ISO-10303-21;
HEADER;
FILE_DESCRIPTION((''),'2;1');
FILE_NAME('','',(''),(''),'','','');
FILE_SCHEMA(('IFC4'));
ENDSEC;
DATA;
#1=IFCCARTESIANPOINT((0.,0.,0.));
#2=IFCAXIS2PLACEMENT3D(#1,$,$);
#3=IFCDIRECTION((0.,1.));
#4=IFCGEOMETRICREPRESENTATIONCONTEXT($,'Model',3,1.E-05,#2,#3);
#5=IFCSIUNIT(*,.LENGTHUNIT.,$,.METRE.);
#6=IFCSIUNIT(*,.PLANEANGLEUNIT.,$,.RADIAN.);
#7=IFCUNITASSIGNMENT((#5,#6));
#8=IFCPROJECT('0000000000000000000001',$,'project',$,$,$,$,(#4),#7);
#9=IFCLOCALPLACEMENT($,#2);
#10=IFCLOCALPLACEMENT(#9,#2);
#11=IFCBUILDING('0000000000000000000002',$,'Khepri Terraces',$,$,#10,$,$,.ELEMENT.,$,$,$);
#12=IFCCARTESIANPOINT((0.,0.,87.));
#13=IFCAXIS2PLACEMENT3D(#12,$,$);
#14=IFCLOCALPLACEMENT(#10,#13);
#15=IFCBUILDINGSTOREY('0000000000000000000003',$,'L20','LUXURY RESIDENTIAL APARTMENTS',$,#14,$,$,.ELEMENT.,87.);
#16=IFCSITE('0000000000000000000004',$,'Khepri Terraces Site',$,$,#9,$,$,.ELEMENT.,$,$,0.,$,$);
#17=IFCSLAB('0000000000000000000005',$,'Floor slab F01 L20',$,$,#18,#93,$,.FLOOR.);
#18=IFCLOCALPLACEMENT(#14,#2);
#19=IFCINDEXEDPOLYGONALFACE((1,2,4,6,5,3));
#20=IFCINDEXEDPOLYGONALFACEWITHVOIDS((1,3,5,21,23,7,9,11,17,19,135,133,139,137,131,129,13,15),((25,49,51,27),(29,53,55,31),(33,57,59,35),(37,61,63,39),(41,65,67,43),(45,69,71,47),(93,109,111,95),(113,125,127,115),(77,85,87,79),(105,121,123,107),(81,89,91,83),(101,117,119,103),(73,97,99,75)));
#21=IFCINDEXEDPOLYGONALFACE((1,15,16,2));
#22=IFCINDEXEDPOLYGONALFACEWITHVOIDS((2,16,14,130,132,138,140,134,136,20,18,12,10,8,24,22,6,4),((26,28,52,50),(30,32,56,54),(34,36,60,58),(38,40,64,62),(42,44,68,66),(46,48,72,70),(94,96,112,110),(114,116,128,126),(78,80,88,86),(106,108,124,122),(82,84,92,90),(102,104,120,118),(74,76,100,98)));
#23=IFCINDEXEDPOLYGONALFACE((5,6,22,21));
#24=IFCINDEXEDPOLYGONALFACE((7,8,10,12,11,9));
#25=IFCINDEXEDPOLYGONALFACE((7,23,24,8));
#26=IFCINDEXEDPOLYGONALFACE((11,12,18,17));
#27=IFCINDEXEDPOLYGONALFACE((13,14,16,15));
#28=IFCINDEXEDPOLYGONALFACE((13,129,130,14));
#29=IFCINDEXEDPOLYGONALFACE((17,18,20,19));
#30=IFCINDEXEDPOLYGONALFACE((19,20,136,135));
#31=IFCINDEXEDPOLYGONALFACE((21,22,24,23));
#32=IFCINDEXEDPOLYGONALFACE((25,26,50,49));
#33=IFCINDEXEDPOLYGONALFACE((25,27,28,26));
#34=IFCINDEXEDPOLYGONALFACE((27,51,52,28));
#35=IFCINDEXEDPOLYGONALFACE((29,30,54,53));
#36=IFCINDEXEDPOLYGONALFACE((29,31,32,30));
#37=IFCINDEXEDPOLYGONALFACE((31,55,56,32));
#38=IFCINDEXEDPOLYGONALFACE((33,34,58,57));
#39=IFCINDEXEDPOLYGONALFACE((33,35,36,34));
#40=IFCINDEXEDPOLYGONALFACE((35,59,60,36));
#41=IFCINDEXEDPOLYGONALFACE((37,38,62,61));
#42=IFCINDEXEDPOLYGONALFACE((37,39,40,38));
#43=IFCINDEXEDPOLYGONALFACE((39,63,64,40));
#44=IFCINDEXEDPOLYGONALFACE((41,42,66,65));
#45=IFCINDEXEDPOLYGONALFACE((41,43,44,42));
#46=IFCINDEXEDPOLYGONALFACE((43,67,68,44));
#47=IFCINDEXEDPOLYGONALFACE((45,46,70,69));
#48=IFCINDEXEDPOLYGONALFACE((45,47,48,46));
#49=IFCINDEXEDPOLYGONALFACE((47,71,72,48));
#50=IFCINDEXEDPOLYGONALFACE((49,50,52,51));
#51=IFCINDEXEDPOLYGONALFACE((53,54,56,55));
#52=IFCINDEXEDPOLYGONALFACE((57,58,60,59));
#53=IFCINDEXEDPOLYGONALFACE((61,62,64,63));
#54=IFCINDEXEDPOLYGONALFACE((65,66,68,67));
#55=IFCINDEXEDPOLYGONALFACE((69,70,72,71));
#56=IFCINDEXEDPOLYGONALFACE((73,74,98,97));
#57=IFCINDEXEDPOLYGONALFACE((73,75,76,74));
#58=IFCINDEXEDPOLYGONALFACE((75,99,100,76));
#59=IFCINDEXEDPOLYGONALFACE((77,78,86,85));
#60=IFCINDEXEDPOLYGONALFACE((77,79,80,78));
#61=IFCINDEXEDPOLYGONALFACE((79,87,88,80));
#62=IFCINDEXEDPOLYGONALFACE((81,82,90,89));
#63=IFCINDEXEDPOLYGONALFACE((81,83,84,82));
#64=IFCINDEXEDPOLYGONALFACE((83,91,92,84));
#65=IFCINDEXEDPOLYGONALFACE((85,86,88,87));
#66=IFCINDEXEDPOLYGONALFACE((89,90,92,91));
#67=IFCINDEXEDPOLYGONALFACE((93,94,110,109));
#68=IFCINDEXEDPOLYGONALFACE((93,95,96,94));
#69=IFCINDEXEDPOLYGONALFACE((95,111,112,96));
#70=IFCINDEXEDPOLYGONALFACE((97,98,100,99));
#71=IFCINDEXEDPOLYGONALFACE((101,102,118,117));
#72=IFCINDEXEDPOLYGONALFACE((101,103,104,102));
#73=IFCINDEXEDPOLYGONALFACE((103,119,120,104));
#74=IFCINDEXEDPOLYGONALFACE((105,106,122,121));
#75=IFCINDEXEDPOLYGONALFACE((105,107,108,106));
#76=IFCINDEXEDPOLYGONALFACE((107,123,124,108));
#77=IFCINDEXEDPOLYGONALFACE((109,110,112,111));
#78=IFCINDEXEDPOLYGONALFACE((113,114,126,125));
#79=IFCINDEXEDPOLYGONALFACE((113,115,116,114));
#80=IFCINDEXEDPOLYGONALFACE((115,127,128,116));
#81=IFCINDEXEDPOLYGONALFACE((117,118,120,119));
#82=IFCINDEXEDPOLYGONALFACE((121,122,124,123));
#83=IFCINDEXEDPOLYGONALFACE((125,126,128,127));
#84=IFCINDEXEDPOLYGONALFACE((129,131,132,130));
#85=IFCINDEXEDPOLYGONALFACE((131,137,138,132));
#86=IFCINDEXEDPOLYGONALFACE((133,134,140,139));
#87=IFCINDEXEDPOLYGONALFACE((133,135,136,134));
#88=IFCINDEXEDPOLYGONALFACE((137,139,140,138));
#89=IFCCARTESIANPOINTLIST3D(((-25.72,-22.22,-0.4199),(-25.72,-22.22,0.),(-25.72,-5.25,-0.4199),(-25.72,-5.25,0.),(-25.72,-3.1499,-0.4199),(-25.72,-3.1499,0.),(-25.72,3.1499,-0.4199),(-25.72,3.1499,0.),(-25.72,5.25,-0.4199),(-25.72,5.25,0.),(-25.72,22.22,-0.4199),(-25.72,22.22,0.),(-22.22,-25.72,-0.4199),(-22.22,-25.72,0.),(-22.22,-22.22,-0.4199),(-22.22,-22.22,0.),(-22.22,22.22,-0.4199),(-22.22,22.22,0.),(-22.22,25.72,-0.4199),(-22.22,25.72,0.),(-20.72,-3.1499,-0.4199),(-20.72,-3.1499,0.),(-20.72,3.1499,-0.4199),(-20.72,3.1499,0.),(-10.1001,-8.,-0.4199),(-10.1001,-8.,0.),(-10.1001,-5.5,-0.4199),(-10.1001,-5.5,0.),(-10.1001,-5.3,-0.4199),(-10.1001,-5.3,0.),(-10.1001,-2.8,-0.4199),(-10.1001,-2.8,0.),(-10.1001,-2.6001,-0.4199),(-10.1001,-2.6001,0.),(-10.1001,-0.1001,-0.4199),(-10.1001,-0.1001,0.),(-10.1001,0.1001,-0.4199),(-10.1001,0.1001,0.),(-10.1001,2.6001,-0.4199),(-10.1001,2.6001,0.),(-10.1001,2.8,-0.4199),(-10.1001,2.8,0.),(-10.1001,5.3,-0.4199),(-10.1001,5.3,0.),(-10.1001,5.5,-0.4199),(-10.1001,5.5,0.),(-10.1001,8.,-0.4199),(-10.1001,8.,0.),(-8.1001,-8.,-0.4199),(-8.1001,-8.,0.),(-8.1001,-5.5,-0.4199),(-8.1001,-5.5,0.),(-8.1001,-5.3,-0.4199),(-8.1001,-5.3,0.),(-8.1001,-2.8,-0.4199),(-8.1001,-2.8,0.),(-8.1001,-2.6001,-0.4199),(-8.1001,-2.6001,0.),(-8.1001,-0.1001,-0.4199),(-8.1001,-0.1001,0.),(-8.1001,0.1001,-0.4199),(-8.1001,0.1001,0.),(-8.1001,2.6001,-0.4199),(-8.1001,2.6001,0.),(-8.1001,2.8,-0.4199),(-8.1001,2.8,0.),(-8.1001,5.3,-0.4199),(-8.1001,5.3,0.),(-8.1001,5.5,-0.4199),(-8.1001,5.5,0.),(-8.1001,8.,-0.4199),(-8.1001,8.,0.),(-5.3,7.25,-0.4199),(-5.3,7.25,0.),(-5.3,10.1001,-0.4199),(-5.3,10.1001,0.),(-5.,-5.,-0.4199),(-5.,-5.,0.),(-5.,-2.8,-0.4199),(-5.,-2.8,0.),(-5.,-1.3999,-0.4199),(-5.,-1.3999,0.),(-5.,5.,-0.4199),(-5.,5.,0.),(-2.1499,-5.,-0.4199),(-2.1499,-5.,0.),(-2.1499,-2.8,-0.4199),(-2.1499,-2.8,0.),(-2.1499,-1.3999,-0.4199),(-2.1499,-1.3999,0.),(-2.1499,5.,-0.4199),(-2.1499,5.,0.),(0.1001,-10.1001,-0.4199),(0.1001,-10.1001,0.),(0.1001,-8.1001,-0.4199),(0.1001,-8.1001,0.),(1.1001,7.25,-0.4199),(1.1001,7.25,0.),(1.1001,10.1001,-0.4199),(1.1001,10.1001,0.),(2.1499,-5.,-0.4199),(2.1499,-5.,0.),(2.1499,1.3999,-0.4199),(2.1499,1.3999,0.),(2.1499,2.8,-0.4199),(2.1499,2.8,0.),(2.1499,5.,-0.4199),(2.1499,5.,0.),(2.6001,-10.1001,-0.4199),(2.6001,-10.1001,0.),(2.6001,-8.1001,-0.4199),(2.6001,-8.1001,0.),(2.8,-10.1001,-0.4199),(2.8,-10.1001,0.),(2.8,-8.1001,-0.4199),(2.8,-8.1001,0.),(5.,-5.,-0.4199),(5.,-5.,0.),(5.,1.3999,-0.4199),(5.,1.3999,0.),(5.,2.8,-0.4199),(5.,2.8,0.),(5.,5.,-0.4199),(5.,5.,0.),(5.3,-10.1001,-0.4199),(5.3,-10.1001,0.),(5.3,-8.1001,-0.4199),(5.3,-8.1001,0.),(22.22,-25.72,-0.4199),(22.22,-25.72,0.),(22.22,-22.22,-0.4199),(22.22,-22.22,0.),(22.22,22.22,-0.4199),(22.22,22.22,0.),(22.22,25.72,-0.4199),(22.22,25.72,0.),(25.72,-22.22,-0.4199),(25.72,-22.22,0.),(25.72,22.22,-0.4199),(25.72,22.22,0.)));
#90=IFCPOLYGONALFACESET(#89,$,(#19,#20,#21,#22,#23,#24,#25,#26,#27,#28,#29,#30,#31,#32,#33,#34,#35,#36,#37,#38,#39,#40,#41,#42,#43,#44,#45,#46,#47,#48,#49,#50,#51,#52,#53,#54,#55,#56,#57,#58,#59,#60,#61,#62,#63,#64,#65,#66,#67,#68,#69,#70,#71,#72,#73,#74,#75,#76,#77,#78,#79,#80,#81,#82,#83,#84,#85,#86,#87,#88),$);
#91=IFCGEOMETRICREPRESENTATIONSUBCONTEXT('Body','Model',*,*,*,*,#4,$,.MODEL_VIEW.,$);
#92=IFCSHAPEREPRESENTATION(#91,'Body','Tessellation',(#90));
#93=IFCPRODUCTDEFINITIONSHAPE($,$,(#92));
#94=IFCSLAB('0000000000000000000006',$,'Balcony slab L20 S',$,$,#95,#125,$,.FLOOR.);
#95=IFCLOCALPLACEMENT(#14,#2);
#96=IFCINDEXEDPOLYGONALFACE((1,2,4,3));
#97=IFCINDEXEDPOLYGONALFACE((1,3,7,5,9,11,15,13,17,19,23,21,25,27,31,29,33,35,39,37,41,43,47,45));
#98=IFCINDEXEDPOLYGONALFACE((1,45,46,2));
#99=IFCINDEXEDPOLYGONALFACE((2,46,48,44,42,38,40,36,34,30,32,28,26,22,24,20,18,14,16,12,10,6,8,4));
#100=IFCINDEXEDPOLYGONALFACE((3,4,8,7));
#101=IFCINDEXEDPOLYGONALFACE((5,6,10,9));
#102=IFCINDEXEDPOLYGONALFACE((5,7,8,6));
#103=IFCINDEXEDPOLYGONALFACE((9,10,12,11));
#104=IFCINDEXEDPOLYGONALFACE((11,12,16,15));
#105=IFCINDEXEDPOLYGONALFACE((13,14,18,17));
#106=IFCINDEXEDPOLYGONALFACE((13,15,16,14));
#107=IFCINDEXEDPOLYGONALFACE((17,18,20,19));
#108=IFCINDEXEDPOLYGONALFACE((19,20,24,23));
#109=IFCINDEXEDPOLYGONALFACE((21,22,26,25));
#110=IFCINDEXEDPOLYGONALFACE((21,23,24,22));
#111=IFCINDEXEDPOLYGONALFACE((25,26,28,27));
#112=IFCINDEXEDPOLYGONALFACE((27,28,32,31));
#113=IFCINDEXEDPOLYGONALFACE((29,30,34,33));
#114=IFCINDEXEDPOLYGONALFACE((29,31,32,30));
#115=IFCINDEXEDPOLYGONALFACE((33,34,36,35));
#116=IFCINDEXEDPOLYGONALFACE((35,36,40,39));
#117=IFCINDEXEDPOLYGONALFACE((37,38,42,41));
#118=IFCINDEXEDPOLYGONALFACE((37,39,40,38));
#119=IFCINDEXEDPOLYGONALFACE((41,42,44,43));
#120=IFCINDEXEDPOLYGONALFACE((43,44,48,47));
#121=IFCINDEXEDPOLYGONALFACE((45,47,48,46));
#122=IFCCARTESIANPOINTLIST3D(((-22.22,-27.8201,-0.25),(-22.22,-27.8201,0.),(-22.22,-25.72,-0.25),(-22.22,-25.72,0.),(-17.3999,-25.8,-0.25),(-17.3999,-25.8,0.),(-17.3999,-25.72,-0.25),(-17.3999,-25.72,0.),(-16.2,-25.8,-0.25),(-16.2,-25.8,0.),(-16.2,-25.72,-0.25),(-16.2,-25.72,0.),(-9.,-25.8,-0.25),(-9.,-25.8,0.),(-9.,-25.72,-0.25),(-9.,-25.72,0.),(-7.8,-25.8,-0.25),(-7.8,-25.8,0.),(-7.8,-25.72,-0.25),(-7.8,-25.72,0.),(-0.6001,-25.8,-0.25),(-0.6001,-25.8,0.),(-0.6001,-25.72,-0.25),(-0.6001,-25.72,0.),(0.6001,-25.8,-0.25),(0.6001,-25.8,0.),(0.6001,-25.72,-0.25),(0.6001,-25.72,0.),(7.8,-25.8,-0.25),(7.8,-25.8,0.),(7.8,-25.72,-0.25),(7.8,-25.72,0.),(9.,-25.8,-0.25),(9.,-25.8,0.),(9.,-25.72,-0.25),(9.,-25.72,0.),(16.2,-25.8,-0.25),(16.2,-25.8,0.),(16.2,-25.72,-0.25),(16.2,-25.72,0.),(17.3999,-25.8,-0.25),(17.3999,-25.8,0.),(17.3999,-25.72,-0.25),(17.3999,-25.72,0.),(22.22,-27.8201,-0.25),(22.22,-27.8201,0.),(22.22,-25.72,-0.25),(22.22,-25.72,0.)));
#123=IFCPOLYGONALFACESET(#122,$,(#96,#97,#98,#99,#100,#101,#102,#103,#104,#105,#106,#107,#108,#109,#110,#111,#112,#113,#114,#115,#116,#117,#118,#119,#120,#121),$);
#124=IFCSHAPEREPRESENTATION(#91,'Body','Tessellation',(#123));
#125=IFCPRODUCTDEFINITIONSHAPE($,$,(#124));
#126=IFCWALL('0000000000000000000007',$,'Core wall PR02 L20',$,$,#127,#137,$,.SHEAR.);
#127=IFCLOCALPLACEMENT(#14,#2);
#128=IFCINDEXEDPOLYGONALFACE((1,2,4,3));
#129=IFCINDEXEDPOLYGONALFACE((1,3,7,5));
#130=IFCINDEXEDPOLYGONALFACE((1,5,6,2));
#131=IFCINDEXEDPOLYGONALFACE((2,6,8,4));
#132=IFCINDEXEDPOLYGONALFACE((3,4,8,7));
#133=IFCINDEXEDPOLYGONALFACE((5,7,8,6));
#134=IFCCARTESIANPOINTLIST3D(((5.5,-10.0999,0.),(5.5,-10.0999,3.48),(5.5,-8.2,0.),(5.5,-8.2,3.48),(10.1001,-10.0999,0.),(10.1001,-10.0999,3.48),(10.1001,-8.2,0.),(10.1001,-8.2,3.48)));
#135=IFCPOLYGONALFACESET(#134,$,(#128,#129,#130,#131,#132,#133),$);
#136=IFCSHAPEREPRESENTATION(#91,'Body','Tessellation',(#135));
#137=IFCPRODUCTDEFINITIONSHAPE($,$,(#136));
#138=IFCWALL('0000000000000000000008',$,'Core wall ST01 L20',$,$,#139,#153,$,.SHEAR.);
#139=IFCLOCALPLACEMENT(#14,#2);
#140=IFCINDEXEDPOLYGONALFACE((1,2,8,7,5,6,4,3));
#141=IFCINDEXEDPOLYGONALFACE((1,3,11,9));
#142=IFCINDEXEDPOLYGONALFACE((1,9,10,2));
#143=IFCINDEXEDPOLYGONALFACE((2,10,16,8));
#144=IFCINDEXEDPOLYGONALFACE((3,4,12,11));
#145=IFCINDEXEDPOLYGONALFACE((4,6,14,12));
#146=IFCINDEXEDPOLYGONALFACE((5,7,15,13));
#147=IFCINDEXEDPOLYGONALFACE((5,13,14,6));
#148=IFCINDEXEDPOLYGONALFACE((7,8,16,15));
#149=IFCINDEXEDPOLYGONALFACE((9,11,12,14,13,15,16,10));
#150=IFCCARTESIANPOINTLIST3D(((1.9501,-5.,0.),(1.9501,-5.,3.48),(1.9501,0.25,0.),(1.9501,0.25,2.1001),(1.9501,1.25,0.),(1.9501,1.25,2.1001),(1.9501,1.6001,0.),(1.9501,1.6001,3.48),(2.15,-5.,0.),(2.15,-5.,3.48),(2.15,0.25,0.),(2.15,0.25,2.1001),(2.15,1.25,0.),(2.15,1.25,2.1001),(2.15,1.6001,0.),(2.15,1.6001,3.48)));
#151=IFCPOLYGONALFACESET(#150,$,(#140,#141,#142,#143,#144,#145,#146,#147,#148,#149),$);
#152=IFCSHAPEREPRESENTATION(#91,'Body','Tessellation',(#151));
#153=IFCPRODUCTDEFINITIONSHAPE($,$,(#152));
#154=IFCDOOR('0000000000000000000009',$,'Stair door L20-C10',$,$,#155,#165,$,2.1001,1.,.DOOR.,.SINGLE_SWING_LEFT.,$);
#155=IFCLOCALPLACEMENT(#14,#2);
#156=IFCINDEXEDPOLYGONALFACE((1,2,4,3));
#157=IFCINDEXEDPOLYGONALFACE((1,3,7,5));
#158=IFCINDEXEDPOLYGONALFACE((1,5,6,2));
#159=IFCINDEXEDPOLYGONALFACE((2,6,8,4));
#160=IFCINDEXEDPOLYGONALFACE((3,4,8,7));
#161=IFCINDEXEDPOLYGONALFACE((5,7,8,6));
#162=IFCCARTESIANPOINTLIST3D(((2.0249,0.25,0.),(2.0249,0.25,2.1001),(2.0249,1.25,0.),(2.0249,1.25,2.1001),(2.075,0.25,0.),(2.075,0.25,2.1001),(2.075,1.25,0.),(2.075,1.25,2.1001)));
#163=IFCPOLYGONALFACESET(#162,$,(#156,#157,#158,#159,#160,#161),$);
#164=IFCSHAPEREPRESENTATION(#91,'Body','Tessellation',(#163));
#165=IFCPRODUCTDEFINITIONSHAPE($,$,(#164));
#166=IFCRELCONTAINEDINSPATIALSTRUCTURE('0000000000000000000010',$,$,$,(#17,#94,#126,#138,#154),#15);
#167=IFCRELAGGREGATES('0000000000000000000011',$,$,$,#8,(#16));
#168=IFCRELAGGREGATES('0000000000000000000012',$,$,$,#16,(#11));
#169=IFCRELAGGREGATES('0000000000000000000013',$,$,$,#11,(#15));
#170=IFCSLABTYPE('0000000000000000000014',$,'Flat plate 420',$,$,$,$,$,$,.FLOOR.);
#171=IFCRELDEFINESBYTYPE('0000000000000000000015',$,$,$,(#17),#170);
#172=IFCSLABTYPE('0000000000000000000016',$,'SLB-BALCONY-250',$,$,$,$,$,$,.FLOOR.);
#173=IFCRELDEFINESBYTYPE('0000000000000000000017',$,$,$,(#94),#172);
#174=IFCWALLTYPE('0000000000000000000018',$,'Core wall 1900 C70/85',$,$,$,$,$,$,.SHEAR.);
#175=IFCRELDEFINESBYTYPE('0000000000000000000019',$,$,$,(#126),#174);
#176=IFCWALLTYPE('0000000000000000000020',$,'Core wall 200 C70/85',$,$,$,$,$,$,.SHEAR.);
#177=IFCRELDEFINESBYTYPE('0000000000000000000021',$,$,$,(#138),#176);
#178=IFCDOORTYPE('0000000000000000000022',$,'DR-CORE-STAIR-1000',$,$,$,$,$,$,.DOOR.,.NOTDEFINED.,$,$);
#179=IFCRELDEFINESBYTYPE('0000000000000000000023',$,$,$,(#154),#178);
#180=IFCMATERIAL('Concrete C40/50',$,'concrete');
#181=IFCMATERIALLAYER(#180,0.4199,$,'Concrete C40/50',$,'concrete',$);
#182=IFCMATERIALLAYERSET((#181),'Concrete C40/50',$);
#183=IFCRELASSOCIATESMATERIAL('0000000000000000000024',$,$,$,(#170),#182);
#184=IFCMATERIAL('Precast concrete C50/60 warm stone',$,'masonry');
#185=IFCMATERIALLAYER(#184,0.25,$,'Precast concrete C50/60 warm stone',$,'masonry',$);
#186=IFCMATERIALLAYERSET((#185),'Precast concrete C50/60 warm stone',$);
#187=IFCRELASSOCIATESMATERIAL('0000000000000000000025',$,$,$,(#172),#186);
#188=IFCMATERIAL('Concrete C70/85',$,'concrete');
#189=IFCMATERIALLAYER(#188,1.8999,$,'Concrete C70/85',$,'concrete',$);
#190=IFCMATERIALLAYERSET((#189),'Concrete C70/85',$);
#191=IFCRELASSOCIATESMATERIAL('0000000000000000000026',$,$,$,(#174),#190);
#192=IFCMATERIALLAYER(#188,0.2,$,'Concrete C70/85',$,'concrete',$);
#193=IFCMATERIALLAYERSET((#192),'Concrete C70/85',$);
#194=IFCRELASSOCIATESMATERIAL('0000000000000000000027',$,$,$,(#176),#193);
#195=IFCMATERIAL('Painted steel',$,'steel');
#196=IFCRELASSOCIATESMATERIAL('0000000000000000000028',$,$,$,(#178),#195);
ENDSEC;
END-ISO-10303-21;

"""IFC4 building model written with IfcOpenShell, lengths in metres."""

from ifc_helpers import new_model, si_unit, direction, frame, frame_2d, origin, place, context, subcontext, project, spatial, polyline, rectangle, outline, extrude, material, layer, layer_set, type_object, element, fill, save


model = new_model("IFC4")

# Units and contexts
model_context = context("Model", 3, precision=1e-05, world=origin(), true_north=direction((0.0, 1.0)))
body_context = subcontext(model_context, "Body", "Model", "MODEL_VIEW")
ifc_project = project(units=[si_unit("LENGTHUNIT", "METRE"), si_unit("PLANEANGLEUNIT", "RADIAN")], contexts=[model_context])

# Site, building, storey
site_placement = place(None, origin())
site = spatial("IfcSite", under=ifc_project, at=site_placement, Name="Khepri Terraces Site", CompositionType="ELEMENT", RefElevation=0.0)
building_placement = place(site_placement, origin())
building = spatial("IfcBuilding", under=site, at=building_placement, Name="Khepri Terraces", CompositionType="ELEMENT")
storey_placement = place(building_placement, frame((0.0, 0.0, 87.0)))
storey = spatial("IfcBuildingStorey", under=building, at=storey_placement, Name="L20", Description="LUXURY RESIDENTIAL APARTMENTS", CompositionType="ELEMENT", Elevation=87.0)

# Slabs
ifc_material_1 = material(Name="Concrete C40/50", Category="concrete")
ifc_layer_1 = layer(ifc_material_1, 0.4199, Name="Concrete C40/50", Category="concrete")
ifc_layer_set_1 = layer_set([ifc_layer_1], Name="Concrete C40/50")
slab_type_1 = type_object("IfcSlabType", Name="Flat plate 420", PredefinedType="FLOOR", material=ifc_layer_set_1)
slab_1_placement = place(storey_placement, frame((0.0, 0.0, -0.4199)))
element("IfcSlab", 1, at=slab_1_placement, inside=storey, type_object=slab_type_1, Name="Floor slab F01 L20", PredefinedType="FLOOR", context=body_context, shape_type="SweptSolid", body=[
    extrude(outline(polyline([(22.22, -25.72), (-22.22, -25.72), (-22.22, -22.22), (-25.72, -22.22), (-25.72, -5.25), (-25.72, -3.1499), (-20.72, -3.1499), (-20.72, 3.1499), (-25.72, 3.1499), (-25.72, 5.25), (-25.72, 22.22), (-22.22, 22.22), (-22.22, 25.72), (22.22, 25.72), (22.22, 22.22), (25.72, 22.22), (25.72, -22.22), (22.22, -22.22), (22.22, -25.72)]), holes=[polyline([(5.0, 5.0), (2.1499, 5.0), (2.1499, 2.8), (5.0, 2.8), (5.0, 5.0)]), polyline([(-2.1499, -5.0), (-2.1499, -2.8), (-5.0, -2.8), (-5.0, -5.0), (-2.1499, -5.0)]), polyline([(-10.1001, -8.0), (-8.1001, -8.0), (-8.1001, -5.5), (-10.1001, -5.5), (-10.1001, -8.0)]), polyline([(-10.1001, -2.8), (-10.1001, -5.3), (-8.1001, -5.3), (-8.1001, -2.8), (-10.1001, -2.8)]), polyline([(-8.1001, -0.1001), (-10.1001, -0.1001), (-10.1001, -2.6001), (-8.1001, -2.6001), (-8.1001, -0.1001)]), polyline([(-8.1001, 0.1001), (-8.1001, 2.6001), (-10.1001, 2.6001), (-10.1001, 0.1001), (-8.1001, 0.1001)]), polyline([(-10.1001, 2.8), (-8.1001, 2.8), (-8.1001, 5.3), (-10.1001, 5.3), (-10.1001, 2.8)]), polyline([(-10.1001, 8.0), (-10.1001, 5.5), (-8.1001, 5.5), (-8.1001, 8.0), (-10.1001, 8.0)]), polyline([(2.6001, -8.1001), (0.1001, -8.1001), (0.1001, -10.1001), (2.6001, -10.1001), (2.6001, -8.1001)]), polyline([(5.3, -10.1001), (5.3, -8.1001), (2.8, -8.1001), (2.8, -10.1001), (5.3, -10.1001)]), polyline([(-5.0, -1.3999), (-2.1499, -1.3999), (-2.1499, 5.0), (-5.0, 5.0), (-5.0, -1.3999)]), polyline([(5.0, -5.0), (5.0, 1.3999), (2.1499, 1.3999), (2.1499, -5.0), (5.0, -5.0)]), polyline([(-5.3, 10.1001), (-5.3, 7.25), (1.1001, 7.25), (1.1001, 10.1001), (-5.3, 10.1001)])]), origin(), (0.0, 0.0, 1.0), 0.4199),
])
ifc_material_2 = material(Name="Precast concrete C50/60 warm stone", Category="masonry")
ifc_layer_2 = layer(ifc_material_2, 0.25, Name="Precast concrete C50/60 warm stone", Category="masonry")
ifc_layer_set_2 = layer_set([ifc_layer_2], Name="Precast concrete C50/60 warm stone")
slab_type_2 = type_object("IfcSlabType", Name="SLB-BALCONY-250", PredefinedType="FLOOR", material=ifc_layer_set_2)
slab_2_placement = place(storey_placement, frame((0.0, 0.0, -0.25)))
element("IfcSlab", 2, at=slab_2_placement, inside=storey, type_object=slab_type_2, Name="Balcony slab L20 S", PredefinedType="FLOOR", context=body_context, shape_type="SweptSolid", body=[
    extrude(outline(polyline([(-17.3999, -25.72), (-22.22, -25.72), (-22.22, -27.8201), (22.22, -27.8201), (22.22, -25.72), (17.3999, -25.72), (17.3999, -25.8), (16.2, -25.8), (16.2, -25.72), (9.0, -25.72), (9.0, -25.8), (7.8, -25.8), (7.8, -25.72), (0.6001, -25.72), (0.6001, -25.8), (-0.6001, -25.8), (-0.6001, -25.72), (-7.8, -25.72), (-7.8, -25.8), (-9.0, -25.8), (-9.0, -25.72), (-16.2, -25.72), (-16.2, -25.8), (-17.3999, -25.8), (-17.3999, -25.72)])), origin(), (0.0, 0.0, 1.0), 0.25),
])

# Wall
ifc_material_3 = material(Name="Concrete C70/85", Category="concrete")
ifc_layer_3 = layer(ifc_material_3, 1.8999, Name="Concrete C70/85", Category="concrete")
ifc_layer_set_3 = layer_set([ifc_layer_3], Name="Concrete C70/85")
wall_type_1 = type_object("IfcWallType", Name="Core wall 1900 C70/85", PredefinedType="SHEAR", material=ifc_layer_set_3)
wall_1_placement = place(storey_placement, frame((5.5, -9.1499, 0.0), z_axis=(0.0, 0.0, 1.0), x_axis=(1.0, 0.0, 0.0)))
element("IfcWall", 3, at=wall_1_placement, inside=storey, type_object=wall_type_1, Name="Core wall PR02 L20", PredefinedType="SHEAR", context=body_context, shape_type="SweptSolid", body=[
    extrude(rectangle(XDim=4.6001, YDim=1.8999, at=frame_2d((2.3, 0.0))), origin(), (0.0, 0.0, 1.0), 3.48),
])

# Wall, opening, door
ifc_layer_4 = layer(ifc_material_3, 0.2, Name="Concrete C70/85", Category="concrete")
ifc_layer_set_4 = layer_set([ifc_layer_4], Name="Concrete C70/85")
wall_type_2 = type_object("IfcWallType", Name="Core wall 200 C70/85", PredefinedType="SHEAR", material=ifc_layer_set_4)
wall_2_placement = place(storey_placement, frame((2.05, -5.0, 0.0), z_axis=(0.0, 0.0, 1.0), x_axis=(0.0, 1.0, 0.0)))
wall_2 = element("IfcWall", 4, at=wall_2_placement, inside=storey, type_object=wall_type_2, Name="Core wall ST01 L20", PredefinedType="SHEAR", context=body_context, shape_type="SweptSolid", body=[
    extrude(rectangle(XDim=6.6001, YDim=0.2, at=frame_2d((3.3, 0.0))), origin(), (0.0, 0.0, 1.0), 3.48),
])
opening_1_placement = place(wall_2_placement, frame((5.25, 0.0, 0.0)))
opening_1 = element("IfcOpeningElement", 5, at=opening_1_placement, cuts=wall_2, PredefinedType="OPENING", context=body_context, shape_type="SweptSolid", body=[
    extrude(rectangle(XDim=1.0, YDim=2.1001, at=frame_2d((0.5, 1.05))), frame((0.0, 0.1099, 0.0), z_axis=(0.0, -1.0, 0.0), x_axis=(1.0, 0.0, 0.0)), (0.0, 0.0, 1.0), 0.22),
])
ifc_material_4 = material(Name="Painted steel", Category="steel")
door_type_1 = type_object("IfcDoorType", Name="DR-CORE-STAIR-1000", OperationType="NOTDEFINED", PredefinedType="DOOR", material=ifc_material_4)
door_1_placement = place(opening_1_placement, frame((1.0, 0.0, 0.0), z_axis=(0.0, 0.0, 1.0), x_axis=(-1.0, 0.0, 0.0)))
door_1 = element("IfcDoor", 6, at=door_1_placement, inside=storey, type_object=door_type_1, Name="Stair door L20-C10", OperationType="SINGLE_SWING_LEFT", OverallHeight=2.1001, OverallWidth=1.0, PredefinedType="DOOR", context=body_context, shape_type="SweptSolid", body=[
    extrude(rectangle(XDim=1.0, YDim=2.1001, at=frame_2d((0.5, 1.05))), frame((0.0, 0.0249, 0.0), z_axis=(0.0, -1.0, 0.0), x_axis=(1.0, 0.0, 0.0)), (0.0, 0.0, 1.0), 0.05),
])
fill(opening_1, door_1)

save(model, "model.ifc")
